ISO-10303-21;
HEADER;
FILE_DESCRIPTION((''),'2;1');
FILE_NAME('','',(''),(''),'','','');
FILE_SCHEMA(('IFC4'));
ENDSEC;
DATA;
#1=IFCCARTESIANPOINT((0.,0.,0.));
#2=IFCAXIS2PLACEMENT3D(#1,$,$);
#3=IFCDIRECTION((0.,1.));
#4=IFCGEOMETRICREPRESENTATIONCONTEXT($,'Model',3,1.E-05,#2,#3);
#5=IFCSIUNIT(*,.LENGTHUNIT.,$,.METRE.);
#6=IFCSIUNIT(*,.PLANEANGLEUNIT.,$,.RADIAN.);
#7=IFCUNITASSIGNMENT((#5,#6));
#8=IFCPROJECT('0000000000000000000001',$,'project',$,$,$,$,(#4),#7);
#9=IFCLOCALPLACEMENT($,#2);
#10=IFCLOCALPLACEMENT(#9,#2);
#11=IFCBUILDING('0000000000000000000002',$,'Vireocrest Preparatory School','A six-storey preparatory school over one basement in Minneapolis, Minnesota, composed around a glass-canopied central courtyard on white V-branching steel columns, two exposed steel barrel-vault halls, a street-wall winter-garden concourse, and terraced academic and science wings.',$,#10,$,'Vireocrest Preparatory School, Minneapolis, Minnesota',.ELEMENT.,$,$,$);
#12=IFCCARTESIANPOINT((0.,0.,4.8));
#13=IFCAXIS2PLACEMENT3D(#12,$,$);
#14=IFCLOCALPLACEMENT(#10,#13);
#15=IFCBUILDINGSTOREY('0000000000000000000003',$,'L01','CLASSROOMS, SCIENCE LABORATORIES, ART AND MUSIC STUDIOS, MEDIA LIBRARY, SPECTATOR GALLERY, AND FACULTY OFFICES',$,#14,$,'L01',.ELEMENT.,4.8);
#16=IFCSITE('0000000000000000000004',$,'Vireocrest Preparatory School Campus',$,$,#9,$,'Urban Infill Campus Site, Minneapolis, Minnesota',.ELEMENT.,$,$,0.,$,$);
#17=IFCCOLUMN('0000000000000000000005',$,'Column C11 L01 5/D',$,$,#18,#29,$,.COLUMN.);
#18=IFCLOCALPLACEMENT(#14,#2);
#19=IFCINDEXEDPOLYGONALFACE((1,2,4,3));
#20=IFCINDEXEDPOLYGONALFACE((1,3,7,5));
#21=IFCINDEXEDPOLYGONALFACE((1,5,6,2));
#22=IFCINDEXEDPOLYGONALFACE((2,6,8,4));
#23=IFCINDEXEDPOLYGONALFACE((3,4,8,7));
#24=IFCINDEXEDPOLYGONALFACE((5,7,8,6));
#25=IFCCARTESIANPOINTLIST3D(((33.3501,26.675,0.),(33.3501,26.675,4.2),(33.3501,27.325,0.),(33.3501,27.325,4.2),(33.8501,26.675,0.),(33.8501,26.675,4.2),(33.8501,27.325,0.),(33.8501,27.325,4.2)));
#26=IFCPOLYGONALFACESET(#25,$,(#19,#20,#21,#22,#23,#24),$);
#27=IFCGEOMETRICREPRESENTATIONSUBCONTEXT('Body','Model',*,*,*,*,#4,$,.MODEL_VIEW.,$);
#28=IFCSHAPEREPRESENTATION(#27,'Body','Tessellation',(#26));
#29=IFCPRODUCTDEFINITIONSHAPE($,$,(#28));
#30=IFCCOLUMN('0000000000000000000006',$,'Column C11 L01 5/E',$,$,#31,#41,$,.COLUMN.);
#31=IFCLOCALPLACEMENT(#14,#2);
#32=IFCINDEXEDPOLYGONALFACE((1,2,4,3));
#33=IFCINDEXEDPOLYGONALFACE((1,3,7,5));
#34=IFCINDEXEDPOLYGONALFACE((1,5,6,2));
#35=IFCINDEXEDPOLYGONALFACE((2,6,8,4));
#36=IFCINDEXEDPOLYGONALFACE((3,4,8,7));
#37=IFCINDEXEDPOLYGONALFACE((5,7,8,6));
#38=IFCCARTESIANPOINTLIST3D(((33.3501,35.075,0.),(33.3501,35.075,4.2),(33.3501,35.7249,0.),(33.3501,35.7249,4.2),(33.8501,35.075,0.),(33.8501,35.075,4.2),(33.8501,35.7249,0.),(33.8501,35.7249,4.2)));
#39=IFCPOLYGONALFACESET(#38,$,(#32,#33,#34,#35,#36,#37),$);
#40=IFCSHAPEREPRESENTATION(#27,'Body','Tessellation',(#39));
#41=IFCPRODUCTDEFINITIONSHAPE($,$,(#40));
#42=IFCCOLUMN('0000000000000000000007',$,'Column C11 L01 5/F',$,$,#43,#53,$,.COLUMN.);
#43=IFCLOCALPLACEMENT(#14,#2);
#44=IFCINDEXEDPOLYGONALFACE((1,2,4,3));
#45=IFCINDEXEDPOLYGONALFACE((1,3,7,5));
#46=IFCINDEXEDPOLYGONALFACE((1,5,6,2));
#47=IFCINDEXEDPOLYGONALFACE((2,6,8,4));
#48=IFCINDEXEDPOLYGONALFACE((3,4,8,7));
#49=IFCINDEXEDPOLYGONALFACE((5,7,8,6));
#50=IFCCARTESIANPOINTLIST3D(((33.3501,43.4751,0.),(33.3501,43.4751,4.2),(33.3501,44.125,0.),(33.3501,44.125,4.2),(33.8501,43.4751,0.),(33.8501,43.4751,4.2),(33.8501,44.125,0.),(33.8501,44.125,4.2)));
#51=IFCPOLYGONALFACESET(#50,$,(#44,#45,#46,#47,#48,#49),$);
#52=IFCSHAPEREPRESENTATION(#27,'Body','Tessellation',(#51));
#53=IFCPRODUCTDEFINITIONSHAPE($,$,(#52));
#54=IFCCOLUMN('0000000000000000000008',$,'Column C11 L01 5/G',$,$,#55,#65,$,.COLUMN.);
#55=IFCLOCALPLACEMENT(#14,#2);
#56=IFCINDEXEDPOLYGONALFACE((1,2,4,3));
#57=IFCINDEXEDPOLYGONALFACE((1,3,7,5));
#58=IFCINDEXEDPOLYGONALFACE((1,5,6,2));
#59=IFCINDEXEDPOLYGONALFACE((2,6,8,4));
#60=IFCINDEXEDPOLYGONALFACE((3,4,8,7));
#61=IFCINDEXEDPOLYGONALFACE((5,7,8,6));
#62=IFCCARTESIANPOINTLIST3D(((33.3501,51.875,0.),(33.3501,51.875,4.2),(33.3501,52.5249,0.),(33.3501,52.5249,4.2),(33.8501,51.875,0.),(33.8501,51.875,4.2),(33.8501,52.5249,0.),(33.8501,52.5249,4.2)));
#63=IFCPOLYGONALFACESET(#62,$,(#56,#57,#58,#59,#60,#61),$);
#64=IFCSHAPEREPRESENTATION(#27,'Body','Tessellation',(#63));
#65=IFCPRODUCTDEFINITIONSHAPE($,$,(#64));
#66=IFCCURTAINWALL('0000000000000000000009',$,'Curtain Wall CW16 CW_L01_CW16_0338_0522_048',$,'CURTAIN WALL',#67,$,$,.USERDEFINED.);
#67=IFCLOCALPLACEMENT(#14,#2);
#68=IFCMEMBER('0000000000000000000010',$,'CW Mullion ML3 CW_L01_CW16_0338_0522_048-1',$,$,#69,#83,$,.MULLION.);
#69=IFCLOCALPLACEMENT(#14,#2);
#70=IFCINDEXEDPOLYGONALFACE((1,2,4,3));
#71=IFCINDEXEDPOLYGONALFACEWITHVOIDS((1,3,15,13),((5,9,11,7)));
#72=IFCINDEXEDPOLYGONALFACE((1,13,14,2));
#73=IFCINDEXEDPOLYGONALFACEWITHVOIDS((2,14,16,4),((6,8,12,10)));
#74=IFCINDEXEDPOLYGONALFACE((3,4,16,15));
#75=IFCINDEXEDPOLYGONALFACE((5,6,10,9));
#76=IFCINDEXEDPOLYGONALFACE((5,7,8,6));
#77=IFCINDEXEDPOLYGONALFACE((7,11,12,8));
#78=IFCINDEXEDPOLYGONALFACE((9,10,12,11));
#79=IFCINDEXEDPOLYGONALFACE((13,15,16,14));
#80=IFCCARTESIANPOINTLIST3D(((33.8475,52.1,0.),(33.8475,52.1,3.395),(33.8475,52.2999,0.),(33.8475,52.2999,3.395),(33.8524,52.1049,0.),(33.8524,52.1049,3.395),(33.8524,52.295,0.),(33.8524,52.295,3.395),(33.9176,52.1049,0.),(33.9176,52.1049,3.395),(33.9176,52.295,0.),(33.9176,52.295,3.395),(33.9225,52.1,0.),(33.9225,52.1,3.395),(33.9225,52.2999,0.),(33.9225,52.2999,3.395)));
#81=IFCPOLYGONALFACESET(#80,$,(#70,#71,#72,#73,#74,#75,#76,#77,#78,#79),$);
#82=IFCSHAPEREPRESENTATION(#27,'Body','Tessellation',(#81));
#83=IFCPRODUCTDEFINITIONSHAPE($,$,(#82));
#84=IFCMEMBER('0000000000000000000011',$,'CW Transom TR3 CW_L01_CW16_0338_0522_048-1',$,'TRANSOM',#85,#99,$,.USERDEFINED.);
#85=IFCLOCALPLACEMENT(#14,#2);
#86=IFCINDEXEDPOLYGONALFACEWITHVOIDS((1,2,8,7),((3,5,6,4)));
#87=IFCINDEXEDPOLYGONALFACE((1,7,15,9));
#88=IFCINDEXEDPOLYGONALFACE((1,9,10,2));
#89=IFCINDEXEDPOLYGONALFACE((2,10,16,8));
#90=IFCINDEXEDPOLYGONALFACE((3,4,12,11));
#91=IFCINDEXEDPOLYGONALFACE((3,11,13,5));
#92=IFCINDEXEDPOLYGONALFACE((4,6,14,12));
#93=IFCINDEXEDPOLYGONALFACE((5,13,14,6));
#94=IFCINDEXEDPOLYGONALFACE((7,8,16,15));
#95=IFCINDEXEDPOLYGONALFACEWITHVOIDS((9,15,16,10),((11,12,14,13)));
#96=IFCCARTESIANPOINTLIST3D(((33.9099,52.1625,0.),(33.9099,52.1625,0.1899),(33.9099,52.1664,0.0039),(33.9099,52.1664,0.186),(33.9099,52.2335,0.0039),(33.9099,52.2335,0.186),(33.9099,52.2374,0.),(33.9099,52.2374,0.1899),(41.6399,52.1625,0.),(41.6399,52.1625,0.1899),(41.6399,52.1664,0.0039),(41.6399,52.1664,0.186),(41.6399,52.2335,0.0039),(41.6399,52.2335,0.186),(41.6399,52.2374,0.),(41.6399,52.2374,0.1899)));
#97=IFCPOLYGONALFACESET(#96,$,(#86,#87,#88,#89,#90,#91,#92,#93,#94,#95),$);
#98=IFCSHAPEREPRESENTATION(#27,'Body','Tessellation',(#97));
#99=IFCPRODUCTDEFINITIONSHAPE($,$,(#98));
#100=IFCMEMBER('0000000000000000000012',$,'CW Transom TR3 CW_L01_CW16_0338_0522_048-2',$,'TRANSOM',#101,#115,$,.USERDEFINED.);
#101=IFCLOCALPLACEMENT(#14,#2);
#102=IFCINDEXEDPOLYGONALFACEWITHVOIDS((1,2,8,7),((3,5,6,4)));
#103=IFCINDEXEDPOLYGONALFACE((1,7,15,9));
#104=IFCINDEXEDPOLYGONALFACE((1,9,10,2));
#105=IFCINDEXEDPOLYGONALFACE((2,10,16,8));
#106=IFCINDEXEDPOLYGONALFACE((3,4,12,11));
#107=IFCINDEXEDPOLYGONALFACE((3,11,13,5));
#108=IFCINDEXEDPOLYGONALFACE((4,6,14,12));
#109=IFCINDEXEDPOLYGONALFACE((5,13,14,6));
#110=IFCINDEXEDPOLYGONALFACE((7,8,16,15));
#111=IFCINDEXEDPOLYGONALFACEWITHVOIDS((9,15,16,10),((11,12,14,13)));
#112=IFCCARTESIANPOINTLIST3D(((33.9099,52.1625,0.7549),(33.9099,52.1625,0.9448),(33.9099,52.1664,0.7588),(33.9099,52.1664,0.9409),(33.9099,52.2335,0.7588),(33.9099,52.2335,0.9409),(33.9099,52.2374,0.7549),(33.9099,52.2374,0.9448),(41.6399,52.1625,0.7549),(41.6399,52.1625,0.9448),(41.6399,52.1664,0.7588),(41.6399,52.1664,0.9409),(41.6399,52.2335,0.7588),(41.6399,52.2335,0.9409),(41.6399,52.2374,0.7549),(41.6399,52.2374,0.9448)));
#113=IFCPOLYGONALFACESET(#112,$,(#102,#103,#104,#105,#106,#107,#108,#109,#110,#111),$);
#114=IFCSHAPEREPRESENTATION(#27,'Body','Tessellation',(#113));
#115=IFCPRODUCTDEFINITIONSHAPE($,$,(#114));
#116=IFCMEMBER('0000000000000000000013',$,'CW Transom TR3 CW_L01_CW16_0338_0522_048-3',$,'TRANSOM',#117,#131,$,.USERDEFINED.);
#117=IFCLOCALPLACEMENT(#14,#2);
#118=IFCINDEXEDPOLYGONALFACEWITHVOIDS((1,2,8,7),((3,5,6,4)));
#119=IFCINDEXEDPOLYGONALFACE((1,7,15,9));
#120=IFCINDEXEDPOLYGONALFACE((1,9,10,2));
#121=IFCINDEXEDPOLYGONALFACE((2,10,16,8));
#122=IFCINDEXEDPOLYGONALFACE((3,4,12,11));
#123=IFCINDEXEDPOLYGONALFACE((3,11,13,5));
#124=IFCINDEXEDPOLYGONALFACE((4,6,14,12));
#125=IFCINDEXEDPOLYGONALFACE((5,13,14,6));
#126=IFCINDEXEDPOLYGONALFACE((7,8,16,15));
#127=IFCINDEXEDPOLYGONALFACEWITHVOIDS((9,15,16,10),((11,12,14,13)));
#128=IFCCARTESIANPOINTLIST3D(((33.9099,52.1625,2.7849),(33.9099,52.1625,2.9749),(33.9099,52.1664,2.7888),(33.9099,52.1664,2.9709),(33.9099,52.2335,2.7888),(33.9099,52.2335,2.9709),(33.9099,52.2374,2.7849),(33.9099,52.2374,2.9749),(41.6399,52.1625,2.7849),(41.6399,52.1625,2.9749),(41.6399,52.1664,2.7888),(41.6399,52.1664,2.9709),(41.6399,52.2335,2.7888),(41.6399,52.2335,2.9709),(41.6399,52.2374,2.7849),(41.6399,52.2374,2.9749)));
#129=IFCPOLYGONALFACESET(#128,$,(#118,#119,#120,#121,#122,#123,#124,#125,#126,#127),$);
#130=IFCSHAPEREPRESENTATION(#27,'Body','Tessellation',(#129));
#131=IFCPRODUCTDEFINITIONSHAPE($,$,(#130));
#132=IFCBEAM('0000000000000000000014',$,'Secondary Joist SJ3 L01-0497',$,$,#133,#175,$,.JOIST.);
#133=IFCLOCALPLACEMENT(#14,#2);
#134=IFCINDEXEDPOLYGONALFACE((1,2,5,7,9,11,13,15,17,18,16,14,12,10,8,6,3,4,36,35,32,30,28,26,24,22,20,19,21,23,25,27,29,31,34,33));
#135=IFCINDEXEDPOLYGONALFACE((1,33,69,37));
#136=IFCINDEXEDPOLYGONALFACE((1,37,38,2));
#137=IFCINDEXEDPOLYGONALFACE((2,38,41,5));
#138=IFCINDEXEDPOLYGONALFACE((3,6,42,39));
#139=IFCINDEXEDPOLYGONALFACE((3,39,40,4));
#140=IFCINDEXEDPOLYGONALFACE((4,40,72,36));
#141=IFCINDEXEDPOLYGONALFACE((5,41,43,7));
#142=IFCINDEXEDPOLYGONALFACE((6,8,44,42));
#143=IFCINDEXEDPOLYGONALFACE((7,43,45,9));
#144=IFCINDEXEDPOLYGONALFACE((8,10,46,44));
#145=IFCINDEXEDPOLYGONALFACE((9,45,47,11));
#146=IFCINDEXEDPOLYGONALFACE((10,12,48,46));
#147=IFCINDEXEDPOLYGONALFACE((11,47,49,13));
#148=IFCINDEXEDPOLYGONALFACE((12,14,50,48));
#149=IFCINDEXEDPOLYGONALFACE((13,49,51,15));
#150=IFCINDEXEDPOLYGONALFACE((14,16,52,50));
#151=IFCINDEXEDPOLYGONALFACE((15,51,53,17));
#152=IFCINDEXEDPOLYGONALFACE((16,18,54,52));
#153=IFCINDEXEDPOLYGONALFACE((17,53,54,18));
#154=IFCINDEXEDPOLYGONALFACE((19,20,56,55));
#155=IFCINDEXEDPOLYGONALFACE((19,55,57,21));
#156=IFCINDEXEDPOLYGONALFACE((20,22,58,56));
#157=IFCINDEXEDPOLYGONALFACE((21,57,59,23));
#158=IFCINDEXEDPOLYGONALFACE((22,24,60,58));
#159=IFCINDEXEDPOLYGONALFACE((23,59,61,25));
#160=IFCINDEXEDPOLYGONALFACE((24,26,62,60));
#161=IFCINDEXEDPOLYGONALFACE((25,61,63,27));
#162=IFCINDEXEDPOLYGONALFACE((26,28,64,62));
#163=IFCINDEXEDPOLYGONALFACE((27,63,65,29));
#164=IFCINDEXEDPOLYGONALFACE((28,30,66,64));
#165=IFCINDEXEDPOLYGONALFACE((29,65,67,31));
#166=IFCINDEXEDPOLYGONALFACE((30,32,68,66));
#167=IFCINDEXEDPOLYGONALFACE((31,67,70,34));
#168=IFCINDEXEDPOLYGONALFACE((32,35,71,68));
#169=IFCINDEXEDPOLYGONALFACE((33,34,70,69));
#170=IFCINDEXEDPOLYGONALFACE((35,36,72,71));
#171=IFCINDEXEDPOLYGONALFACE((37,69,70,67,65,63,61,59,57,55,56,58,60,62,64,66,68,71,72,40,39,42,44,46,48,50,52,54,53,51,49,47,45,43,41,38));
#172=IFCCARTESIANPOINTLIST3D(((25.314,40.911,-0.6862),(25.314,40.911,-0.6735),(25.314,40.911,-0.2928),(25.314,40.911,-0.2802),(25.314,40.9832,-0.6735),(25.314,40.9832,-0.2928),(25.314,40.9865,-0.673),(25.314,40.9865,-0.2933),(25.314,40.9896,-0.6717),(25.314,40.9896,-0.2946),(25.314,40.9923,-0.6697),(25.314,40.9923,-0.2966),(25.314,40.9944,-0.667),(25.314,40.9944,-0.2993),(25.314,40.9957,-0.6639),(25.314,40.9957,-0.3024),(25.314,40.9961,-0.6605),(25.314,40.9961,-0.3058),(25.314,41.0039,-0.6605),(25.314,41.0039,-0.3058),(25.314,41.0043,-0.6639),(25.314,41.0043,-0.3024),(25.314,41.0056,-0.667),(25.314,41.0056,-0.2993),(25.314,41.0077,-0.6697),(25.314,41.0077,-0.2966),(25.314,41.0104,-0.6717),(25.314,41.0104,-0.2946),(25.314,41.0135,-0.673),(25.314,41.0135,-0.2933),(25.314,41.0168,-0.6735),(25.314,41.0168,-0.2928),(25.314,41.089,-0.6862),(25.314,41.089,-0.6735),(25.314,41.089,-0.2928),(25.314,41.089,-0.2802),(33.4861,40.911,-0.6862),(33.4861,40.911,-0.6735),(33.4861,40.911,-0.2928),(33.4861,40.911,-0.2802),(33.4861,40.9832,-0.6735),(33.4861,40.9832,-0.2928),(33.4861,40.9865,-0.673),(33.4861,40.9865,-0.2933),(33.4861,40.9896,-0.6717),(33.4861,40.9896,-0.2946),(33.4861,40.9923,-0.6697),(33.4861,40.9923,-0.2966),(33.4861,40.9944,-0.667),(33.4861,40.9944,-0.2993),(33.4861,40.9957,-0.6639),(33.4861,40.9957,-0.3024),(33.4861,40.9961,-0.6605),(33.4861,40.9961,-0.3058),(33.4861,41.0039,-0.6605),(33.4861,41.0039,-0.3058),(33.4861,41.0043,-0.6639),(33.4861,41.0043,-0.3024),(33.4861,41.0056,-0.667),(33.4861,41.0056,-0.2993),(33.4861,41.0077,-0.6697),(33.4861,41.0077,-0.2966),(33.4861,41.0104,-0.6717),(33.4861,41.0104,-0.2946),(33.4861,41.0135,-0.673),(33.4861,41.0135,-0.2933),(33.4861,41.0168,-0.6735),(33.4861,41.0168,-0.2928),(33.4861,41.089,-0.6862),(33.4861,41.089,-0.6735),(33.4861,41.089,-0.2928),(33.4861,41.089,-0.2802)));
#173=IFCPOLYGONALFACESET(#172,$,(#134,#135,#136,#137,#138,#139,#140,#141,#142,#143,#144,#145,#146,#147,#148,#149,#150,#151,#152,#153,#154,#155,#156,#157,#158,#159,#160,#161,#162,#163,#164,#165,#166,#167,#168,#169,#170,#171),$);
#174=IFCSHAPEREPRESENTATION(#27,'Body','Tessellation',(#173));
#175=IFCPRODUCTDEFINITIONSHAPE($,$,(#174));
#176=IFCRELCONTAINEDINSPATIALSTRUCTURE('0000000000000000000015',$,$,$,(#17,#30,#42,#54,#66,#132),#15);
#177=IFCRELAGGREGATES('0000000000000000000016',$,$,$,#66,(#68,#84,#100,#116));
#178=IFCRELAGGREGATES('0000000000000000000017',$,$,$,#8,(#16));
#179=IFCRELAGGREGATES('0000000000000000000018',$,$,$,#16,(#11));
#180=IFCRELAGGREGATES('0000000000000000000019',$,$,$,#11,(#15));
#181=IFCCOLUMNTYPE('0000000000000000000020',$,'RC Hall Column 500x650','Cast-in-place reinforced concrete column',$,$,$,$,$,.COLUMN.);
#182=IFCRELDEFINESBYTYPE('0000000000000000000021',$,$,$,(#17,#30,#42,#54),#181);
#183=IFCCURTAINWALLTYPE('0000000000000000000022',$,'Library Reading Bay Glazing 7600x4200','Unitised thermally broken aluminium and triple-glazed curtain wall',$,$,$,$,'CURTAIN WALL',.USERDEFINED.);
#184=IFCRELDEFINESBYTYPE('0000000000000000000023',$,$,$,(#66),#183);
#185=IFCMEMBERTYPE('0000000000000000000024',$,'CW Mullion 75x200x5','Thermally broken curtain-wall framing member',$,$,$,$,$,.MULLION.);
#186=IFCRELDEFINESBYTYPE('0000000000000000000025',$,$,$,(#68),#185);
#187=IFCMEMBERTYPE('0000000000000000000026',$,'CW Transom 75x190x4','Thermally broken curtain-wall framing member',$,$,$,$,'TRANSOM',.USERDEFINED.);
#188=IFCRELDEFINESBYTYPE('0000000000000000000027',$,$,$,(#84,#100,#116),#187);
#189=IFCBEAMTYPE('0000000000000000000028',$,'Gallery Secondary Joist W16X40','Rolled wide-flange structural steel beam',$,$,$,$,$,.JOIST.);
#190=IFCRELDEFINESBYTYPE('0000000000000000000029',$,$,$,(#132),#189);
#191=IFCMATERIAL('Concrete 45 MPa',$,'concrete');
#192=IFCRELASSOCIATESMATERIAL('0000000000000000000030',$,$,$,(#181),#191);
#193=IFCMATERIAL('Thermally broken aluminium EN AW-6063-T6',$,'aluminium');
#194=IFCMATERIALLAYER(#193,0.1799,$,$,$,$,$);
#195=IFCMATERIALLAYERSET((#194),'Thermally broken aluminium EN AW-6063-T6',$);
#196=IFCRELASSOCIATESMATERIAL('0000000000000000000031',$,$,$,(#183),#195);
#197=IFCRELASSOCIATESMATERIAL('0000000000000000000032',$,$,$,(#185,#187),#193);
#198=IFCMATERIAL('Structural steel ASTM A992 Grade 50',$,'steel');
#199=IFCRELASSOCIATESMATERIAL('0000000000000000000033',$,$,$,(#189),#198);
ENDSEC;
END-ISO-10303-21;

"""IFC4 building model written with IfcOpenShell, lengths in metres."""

from ifc_helpers import new_model, si_unit, direction, frame, origin, origin_2d, place, context, subcontext, project, spatial, rectangle, hollow_rectangle, i_section, extrude, material, layer, layer_set, material_profile, profile_set, type_object, element, aggregate, save


model = new_model("IFC4")

# Units and contexts
model_context = context("Model", 3, precision=1e-05, world=origin(), true_north=direction((0.0, 1.0)))
body_context = subcontext(model_context, "Body", "Model", "MODEL_VIEW")
ifc_project = project(units=[si_unit("LENGTHUNIT", "METRE"), si_unit("PLANEANGLEUNIT", "RADIAN")], contexts=[model_context])

# Site, building, storey
site_placement = place(None, origin())
site = spatial("IfcSite", under=ifc_project, at=site_placement, Name="Vireocrest Preparatory School Campus", LongName="Urban Infill Campus Site, Minneapolis, Minnesota", CompositionType="ELEMENT", RefElevation=0.0)
building_placement = place(site_placement, origin())
building = spatial("IfcBuilding", under=site, at=building_placement, Name="Vireocrest Preparatory School", Description="A six-storey preparatory school over one basement in Minneapolis, Minnesota, composed around a glass-canopied central courtyard on white V-branching steel columns, two exposed steel barrel-vault halls, a street-wall winter-garden concourse, and terraced academic and science wings.", LongName="Vireocrest Preparatory School, Minneapolis, Minnesota", CompositionType="ELEMENT")
storey_placement = place(building_placement, frame((0.0, 0.0, 4.8)))
storey = spatial("IfcBuildingStorey", under=building, at=storey_placement, Name="L01", Description="CLASSROOMS, SCIENCE LABORATORIES, ART AND MUSIC STUDIOS, MEDIA LIBRARY, SPECTATOR GALLERY, AND FACULTY OFFICES", LongName="L01", CompositionType="ELEMENT", Elevation=4.8)

# Columns
ifc_material_1 = material(Name="Concrete 45 MPa", Category="concrete")
ifc_material_profile_1 = material_profile(ifc_material_1, rectangle(XDim=0.5, YDim=0.6499, at=origin_2d()), Name="RC 500x650")
ifc_profile_set_1 = profile_set([ifc_material_profile_1], Name="Concrete 45 MPa")
column_type = type_object("IfcColumnType", Name="RC Hall Column 500x650", Description="Cast-in-place reinforced concrete column", PredefinedType="COLUMN", material=ifc_profile_set_1)
for number, where, z_axis, x_axis, name in (
    (1, (33.6001, 27.0, 0.0), (0.0, 0.0, 1.0), (1.0, 0.0, 0.0), "Column C11 L01 5/D"),
    (2, (33.6001, 35.3999, 0.0), (0.0, 0.0, 1.0), (1.0, 0.0, 0.0), "Column C11 L01 5/E"),
    (3, (33.6001, 43.8, 0.0), (0.0, 0.0, 1.0), (1.0, 0.0, 0.0), "Column C11 L01 5/F"),
    (4, (33.6001, 52.2, 0.0), (0.0, 0.0, 1.0), (1.0, 0.0, 0.0), "Column C11 L01 5/G"),
):
    element("IfcColumn", number, at=place(storey_placement, frame(where, z_axis=z_axis, x_axis=x_axis)), inside=storey, type_object=column_type, Name=name, PredefinedType="COLUMN", context=body_context, shape_type="SweptSolid", body=[
        extrude(rectangle(XDim=0.5, YDim=0.6499, at=origin_2d()), origin(), (0.0, 0.0, 1.0), 4.2),
    ])

# Curtain wall, members
ifc_material_2 = material(Name="Thermally broken aluminium EN AW-6063-T6", Category="aluminium")
ifc_layer_1 = layer(ifc_material_2, 0.1799)
ifc_layer_set_1 = layer_set([ifc_layer_1], Name="Thermally broken aluminium EN AW-6063-T6")
curtain_wall_type = type_object("IfcCurtainWallType", Name="Library Reading Bay Glazing 7600x4200", Description="Unitised thermally broken aluminium and triple-glazed curtain wall", ElementType="CURTAIN WALL", PredefinedType="USERDEFINED", material=ifc_layer_set_1)
curtain_wall_placement = place(storey_placement, origin())
curtain_wall = element("IfcCurtainWall", 5, at=curtain_wall_placement, inside=storey, type_object=curtain_wall_type, Name="Curtain Wall CW16 CW_L01_CW16_0338_0522_048", ObjectType="CURTAIN WALL", PredefinedType="USERDEFINED")
ifc_material_profile_2 = material_profile(ifc_material_2, hollow_rectangle(XDim=0.075, YDim=0.2, WallThickness=0.0049, at=origin_2d()), Name="ALU 75x200x5")
ifc_profile_set_2 = profile_set([ifc_material_profile_2], Name="Thermally broken aluminium EN AW-6063-T6")
member_type_1 = type_object("IfcMemberType", Name="CW Mullion 75x200x5", Description="Thermally broken curtain-wall framing member", PredefinedType="MULLION", material=ifc_profile_set_2)
member_1_placement = place(storey_placement, frame((33.885, 52.2, 0.0), z_axis=(0.0, 0.0, 1.0), x_axis=(1.0, 0.0, 0.0)))
member_1 = element("IfcMember", 6, at=member_1_placement, type_object=member_type_1, Name="CW Mullion ML3 CW_L01_CW16_0338_0522_048-1", PredefinedType="MULLION", context=body_context, shape_type="SweptSolid", body=[
    extrude(hollow_rectangle(XDim=0.075, YDim=0.2, WallThickness=0.0049, at=origin_2d()), origin(), (0.0, 0.0, 1.0), 3.395),
])
ifc_material_profile_3 = material_profile(ifc_material_2, hollow_rectangle(XDim=0.075, YDim=0.1899, WallThickness=0.0039, at=origin_2d()), Name="ALU 75x190x4")
ifc_profile_set_3 = profile_set([ifc_material_profile_3], Name="Thermally broken aluminium EN AW-6063-T6")
member_type_2 = type_object("IfcMemberType", Name="CW Transom 75x190x4", Description="Thermally broken curtain-wall framing member", ElementType="TRANSOM", PredefinedType="USERDEFINED", material=ifc_profile_set_3)
member_2_placement = place(storey_placement, frame((33.9099, 52.2, 0.095), z_axis=(1.0, 0.0, 0.0), x_axis=(0.0, 1.0, 0.0)))
member_2 = element("IfcMember", 7, at=member_2_placement, type_object=member_type_2, Name="CW Transom TR3 CW_L01_CW16_0338_0522_048-1", ObjectType="TRANSOM", PredefinedType="USERDEFINED", context=body_context, shape_type="SweptSolid", body=[
    extrude(hollow_rectangle(XDim=0.075, YDim=0.1899, WallThickness=0.0039, at=origin_2d()), origin(), (0.0, 0.0, 1.0), 7.73),
])
member_3_placement = place(storey_placement, frame((33.9099, 52.2, 0.8499), z_axis=(1.0, 0.0, 0.0), x_axis=(0.0, 1.0, 0.0)))
member_3 = element("IfcMember", 8, at=member_3_placement, type_object=member_type_2, Name="CW Transom TR3 CW_L01_CW16_0338_0522_048-2", ObjectType="TRANSOM", PredefinedType="USERDEFINED", context=body_context, shape_type="SweptSolid", body=[
    extrude(hollow_rectangle(XDim=0.075, YDim=0.1899, WallThickness=0.0039, at=origin_2d()), origin(), (0.0, 0.0, 1.0), 7.73),
])
member_4_placement = place(storey_placement, frame((33.9099, 52.2, 2.8799), z_axis=(1.0, 0.0, 0.0), x_axis=(0.0, 1.0, 0.0)))
member_4 = element("IfcMember", 9, at=member_4_placement, type_object=member_type_2, Name="CW Transom TR3 CW_L01_CW16_0338_0522_048-3", ObjectType="TRANSOM", PredefinedType="USERDEFINED", context=body_context, shape_type="SweptSolid", body=[
    extrude(hollow_rectangle(XDim=0.075, YDim=0.1899, WallThickness=0.0039, at=origin_2d()), origin(), (0.0, 0.0, 1.0), 7.73),
])
aggregate(curtain_wall, [member_1, member_2, member_3, member_4])

# Beam
ifc_material_3 = material(Name="Structural steel ASTM A992 Grade 50", Category="steel")
ifc_material_profile_4 = material_profile(ifc_material_3, i_section(OverallWidth=0.178, OverallDepth=0.406, WebThickness=0.0078, FlangeThickness=0.0127, FilletRadius=0.0129, at=origin_2d()), Name="W16X40")
ifc_profile_set_4 = profile_set([ifc_material_profile_4], Name="Structural steel ASTM A992 Grade 50")
beam_type_1 = type_object("IfcBeamType", Name="Gallery Secondary Joist W16X40", Description="Rolled wide-flange structural steel beam", PredefinedType="JOIST", material=ifc_profile_set_4)
for number, where, z_axis, x_axis, name in (
    (10, (25.314, 41.0, -0.4832), (1.0, 0.0, 0.0), (0.0, 1.0, 0.0), "Secondary Joist SJ3 L01-0497"),
):
    element("IfcBeam", number, at=place(storey_placement, frame(where, z_axis=z_axis, x_axis=x_axis)), inside=storey, type_object=beam_type_1, Name=name, PredefinedType="JOIST", context=body_context, shape_type="SweptSolid", body=[
        extrude(i_section(OverallWidth=0.178, OverallDepth=0.406, WebThickness=0.0078, FlangeThickness=0.0127, FilletRadius=0.0129, at=origin_2d()), origin(), (0.0, 0.0, 1.0), 8.1721),
    ])

save(model, "model.ifc")
